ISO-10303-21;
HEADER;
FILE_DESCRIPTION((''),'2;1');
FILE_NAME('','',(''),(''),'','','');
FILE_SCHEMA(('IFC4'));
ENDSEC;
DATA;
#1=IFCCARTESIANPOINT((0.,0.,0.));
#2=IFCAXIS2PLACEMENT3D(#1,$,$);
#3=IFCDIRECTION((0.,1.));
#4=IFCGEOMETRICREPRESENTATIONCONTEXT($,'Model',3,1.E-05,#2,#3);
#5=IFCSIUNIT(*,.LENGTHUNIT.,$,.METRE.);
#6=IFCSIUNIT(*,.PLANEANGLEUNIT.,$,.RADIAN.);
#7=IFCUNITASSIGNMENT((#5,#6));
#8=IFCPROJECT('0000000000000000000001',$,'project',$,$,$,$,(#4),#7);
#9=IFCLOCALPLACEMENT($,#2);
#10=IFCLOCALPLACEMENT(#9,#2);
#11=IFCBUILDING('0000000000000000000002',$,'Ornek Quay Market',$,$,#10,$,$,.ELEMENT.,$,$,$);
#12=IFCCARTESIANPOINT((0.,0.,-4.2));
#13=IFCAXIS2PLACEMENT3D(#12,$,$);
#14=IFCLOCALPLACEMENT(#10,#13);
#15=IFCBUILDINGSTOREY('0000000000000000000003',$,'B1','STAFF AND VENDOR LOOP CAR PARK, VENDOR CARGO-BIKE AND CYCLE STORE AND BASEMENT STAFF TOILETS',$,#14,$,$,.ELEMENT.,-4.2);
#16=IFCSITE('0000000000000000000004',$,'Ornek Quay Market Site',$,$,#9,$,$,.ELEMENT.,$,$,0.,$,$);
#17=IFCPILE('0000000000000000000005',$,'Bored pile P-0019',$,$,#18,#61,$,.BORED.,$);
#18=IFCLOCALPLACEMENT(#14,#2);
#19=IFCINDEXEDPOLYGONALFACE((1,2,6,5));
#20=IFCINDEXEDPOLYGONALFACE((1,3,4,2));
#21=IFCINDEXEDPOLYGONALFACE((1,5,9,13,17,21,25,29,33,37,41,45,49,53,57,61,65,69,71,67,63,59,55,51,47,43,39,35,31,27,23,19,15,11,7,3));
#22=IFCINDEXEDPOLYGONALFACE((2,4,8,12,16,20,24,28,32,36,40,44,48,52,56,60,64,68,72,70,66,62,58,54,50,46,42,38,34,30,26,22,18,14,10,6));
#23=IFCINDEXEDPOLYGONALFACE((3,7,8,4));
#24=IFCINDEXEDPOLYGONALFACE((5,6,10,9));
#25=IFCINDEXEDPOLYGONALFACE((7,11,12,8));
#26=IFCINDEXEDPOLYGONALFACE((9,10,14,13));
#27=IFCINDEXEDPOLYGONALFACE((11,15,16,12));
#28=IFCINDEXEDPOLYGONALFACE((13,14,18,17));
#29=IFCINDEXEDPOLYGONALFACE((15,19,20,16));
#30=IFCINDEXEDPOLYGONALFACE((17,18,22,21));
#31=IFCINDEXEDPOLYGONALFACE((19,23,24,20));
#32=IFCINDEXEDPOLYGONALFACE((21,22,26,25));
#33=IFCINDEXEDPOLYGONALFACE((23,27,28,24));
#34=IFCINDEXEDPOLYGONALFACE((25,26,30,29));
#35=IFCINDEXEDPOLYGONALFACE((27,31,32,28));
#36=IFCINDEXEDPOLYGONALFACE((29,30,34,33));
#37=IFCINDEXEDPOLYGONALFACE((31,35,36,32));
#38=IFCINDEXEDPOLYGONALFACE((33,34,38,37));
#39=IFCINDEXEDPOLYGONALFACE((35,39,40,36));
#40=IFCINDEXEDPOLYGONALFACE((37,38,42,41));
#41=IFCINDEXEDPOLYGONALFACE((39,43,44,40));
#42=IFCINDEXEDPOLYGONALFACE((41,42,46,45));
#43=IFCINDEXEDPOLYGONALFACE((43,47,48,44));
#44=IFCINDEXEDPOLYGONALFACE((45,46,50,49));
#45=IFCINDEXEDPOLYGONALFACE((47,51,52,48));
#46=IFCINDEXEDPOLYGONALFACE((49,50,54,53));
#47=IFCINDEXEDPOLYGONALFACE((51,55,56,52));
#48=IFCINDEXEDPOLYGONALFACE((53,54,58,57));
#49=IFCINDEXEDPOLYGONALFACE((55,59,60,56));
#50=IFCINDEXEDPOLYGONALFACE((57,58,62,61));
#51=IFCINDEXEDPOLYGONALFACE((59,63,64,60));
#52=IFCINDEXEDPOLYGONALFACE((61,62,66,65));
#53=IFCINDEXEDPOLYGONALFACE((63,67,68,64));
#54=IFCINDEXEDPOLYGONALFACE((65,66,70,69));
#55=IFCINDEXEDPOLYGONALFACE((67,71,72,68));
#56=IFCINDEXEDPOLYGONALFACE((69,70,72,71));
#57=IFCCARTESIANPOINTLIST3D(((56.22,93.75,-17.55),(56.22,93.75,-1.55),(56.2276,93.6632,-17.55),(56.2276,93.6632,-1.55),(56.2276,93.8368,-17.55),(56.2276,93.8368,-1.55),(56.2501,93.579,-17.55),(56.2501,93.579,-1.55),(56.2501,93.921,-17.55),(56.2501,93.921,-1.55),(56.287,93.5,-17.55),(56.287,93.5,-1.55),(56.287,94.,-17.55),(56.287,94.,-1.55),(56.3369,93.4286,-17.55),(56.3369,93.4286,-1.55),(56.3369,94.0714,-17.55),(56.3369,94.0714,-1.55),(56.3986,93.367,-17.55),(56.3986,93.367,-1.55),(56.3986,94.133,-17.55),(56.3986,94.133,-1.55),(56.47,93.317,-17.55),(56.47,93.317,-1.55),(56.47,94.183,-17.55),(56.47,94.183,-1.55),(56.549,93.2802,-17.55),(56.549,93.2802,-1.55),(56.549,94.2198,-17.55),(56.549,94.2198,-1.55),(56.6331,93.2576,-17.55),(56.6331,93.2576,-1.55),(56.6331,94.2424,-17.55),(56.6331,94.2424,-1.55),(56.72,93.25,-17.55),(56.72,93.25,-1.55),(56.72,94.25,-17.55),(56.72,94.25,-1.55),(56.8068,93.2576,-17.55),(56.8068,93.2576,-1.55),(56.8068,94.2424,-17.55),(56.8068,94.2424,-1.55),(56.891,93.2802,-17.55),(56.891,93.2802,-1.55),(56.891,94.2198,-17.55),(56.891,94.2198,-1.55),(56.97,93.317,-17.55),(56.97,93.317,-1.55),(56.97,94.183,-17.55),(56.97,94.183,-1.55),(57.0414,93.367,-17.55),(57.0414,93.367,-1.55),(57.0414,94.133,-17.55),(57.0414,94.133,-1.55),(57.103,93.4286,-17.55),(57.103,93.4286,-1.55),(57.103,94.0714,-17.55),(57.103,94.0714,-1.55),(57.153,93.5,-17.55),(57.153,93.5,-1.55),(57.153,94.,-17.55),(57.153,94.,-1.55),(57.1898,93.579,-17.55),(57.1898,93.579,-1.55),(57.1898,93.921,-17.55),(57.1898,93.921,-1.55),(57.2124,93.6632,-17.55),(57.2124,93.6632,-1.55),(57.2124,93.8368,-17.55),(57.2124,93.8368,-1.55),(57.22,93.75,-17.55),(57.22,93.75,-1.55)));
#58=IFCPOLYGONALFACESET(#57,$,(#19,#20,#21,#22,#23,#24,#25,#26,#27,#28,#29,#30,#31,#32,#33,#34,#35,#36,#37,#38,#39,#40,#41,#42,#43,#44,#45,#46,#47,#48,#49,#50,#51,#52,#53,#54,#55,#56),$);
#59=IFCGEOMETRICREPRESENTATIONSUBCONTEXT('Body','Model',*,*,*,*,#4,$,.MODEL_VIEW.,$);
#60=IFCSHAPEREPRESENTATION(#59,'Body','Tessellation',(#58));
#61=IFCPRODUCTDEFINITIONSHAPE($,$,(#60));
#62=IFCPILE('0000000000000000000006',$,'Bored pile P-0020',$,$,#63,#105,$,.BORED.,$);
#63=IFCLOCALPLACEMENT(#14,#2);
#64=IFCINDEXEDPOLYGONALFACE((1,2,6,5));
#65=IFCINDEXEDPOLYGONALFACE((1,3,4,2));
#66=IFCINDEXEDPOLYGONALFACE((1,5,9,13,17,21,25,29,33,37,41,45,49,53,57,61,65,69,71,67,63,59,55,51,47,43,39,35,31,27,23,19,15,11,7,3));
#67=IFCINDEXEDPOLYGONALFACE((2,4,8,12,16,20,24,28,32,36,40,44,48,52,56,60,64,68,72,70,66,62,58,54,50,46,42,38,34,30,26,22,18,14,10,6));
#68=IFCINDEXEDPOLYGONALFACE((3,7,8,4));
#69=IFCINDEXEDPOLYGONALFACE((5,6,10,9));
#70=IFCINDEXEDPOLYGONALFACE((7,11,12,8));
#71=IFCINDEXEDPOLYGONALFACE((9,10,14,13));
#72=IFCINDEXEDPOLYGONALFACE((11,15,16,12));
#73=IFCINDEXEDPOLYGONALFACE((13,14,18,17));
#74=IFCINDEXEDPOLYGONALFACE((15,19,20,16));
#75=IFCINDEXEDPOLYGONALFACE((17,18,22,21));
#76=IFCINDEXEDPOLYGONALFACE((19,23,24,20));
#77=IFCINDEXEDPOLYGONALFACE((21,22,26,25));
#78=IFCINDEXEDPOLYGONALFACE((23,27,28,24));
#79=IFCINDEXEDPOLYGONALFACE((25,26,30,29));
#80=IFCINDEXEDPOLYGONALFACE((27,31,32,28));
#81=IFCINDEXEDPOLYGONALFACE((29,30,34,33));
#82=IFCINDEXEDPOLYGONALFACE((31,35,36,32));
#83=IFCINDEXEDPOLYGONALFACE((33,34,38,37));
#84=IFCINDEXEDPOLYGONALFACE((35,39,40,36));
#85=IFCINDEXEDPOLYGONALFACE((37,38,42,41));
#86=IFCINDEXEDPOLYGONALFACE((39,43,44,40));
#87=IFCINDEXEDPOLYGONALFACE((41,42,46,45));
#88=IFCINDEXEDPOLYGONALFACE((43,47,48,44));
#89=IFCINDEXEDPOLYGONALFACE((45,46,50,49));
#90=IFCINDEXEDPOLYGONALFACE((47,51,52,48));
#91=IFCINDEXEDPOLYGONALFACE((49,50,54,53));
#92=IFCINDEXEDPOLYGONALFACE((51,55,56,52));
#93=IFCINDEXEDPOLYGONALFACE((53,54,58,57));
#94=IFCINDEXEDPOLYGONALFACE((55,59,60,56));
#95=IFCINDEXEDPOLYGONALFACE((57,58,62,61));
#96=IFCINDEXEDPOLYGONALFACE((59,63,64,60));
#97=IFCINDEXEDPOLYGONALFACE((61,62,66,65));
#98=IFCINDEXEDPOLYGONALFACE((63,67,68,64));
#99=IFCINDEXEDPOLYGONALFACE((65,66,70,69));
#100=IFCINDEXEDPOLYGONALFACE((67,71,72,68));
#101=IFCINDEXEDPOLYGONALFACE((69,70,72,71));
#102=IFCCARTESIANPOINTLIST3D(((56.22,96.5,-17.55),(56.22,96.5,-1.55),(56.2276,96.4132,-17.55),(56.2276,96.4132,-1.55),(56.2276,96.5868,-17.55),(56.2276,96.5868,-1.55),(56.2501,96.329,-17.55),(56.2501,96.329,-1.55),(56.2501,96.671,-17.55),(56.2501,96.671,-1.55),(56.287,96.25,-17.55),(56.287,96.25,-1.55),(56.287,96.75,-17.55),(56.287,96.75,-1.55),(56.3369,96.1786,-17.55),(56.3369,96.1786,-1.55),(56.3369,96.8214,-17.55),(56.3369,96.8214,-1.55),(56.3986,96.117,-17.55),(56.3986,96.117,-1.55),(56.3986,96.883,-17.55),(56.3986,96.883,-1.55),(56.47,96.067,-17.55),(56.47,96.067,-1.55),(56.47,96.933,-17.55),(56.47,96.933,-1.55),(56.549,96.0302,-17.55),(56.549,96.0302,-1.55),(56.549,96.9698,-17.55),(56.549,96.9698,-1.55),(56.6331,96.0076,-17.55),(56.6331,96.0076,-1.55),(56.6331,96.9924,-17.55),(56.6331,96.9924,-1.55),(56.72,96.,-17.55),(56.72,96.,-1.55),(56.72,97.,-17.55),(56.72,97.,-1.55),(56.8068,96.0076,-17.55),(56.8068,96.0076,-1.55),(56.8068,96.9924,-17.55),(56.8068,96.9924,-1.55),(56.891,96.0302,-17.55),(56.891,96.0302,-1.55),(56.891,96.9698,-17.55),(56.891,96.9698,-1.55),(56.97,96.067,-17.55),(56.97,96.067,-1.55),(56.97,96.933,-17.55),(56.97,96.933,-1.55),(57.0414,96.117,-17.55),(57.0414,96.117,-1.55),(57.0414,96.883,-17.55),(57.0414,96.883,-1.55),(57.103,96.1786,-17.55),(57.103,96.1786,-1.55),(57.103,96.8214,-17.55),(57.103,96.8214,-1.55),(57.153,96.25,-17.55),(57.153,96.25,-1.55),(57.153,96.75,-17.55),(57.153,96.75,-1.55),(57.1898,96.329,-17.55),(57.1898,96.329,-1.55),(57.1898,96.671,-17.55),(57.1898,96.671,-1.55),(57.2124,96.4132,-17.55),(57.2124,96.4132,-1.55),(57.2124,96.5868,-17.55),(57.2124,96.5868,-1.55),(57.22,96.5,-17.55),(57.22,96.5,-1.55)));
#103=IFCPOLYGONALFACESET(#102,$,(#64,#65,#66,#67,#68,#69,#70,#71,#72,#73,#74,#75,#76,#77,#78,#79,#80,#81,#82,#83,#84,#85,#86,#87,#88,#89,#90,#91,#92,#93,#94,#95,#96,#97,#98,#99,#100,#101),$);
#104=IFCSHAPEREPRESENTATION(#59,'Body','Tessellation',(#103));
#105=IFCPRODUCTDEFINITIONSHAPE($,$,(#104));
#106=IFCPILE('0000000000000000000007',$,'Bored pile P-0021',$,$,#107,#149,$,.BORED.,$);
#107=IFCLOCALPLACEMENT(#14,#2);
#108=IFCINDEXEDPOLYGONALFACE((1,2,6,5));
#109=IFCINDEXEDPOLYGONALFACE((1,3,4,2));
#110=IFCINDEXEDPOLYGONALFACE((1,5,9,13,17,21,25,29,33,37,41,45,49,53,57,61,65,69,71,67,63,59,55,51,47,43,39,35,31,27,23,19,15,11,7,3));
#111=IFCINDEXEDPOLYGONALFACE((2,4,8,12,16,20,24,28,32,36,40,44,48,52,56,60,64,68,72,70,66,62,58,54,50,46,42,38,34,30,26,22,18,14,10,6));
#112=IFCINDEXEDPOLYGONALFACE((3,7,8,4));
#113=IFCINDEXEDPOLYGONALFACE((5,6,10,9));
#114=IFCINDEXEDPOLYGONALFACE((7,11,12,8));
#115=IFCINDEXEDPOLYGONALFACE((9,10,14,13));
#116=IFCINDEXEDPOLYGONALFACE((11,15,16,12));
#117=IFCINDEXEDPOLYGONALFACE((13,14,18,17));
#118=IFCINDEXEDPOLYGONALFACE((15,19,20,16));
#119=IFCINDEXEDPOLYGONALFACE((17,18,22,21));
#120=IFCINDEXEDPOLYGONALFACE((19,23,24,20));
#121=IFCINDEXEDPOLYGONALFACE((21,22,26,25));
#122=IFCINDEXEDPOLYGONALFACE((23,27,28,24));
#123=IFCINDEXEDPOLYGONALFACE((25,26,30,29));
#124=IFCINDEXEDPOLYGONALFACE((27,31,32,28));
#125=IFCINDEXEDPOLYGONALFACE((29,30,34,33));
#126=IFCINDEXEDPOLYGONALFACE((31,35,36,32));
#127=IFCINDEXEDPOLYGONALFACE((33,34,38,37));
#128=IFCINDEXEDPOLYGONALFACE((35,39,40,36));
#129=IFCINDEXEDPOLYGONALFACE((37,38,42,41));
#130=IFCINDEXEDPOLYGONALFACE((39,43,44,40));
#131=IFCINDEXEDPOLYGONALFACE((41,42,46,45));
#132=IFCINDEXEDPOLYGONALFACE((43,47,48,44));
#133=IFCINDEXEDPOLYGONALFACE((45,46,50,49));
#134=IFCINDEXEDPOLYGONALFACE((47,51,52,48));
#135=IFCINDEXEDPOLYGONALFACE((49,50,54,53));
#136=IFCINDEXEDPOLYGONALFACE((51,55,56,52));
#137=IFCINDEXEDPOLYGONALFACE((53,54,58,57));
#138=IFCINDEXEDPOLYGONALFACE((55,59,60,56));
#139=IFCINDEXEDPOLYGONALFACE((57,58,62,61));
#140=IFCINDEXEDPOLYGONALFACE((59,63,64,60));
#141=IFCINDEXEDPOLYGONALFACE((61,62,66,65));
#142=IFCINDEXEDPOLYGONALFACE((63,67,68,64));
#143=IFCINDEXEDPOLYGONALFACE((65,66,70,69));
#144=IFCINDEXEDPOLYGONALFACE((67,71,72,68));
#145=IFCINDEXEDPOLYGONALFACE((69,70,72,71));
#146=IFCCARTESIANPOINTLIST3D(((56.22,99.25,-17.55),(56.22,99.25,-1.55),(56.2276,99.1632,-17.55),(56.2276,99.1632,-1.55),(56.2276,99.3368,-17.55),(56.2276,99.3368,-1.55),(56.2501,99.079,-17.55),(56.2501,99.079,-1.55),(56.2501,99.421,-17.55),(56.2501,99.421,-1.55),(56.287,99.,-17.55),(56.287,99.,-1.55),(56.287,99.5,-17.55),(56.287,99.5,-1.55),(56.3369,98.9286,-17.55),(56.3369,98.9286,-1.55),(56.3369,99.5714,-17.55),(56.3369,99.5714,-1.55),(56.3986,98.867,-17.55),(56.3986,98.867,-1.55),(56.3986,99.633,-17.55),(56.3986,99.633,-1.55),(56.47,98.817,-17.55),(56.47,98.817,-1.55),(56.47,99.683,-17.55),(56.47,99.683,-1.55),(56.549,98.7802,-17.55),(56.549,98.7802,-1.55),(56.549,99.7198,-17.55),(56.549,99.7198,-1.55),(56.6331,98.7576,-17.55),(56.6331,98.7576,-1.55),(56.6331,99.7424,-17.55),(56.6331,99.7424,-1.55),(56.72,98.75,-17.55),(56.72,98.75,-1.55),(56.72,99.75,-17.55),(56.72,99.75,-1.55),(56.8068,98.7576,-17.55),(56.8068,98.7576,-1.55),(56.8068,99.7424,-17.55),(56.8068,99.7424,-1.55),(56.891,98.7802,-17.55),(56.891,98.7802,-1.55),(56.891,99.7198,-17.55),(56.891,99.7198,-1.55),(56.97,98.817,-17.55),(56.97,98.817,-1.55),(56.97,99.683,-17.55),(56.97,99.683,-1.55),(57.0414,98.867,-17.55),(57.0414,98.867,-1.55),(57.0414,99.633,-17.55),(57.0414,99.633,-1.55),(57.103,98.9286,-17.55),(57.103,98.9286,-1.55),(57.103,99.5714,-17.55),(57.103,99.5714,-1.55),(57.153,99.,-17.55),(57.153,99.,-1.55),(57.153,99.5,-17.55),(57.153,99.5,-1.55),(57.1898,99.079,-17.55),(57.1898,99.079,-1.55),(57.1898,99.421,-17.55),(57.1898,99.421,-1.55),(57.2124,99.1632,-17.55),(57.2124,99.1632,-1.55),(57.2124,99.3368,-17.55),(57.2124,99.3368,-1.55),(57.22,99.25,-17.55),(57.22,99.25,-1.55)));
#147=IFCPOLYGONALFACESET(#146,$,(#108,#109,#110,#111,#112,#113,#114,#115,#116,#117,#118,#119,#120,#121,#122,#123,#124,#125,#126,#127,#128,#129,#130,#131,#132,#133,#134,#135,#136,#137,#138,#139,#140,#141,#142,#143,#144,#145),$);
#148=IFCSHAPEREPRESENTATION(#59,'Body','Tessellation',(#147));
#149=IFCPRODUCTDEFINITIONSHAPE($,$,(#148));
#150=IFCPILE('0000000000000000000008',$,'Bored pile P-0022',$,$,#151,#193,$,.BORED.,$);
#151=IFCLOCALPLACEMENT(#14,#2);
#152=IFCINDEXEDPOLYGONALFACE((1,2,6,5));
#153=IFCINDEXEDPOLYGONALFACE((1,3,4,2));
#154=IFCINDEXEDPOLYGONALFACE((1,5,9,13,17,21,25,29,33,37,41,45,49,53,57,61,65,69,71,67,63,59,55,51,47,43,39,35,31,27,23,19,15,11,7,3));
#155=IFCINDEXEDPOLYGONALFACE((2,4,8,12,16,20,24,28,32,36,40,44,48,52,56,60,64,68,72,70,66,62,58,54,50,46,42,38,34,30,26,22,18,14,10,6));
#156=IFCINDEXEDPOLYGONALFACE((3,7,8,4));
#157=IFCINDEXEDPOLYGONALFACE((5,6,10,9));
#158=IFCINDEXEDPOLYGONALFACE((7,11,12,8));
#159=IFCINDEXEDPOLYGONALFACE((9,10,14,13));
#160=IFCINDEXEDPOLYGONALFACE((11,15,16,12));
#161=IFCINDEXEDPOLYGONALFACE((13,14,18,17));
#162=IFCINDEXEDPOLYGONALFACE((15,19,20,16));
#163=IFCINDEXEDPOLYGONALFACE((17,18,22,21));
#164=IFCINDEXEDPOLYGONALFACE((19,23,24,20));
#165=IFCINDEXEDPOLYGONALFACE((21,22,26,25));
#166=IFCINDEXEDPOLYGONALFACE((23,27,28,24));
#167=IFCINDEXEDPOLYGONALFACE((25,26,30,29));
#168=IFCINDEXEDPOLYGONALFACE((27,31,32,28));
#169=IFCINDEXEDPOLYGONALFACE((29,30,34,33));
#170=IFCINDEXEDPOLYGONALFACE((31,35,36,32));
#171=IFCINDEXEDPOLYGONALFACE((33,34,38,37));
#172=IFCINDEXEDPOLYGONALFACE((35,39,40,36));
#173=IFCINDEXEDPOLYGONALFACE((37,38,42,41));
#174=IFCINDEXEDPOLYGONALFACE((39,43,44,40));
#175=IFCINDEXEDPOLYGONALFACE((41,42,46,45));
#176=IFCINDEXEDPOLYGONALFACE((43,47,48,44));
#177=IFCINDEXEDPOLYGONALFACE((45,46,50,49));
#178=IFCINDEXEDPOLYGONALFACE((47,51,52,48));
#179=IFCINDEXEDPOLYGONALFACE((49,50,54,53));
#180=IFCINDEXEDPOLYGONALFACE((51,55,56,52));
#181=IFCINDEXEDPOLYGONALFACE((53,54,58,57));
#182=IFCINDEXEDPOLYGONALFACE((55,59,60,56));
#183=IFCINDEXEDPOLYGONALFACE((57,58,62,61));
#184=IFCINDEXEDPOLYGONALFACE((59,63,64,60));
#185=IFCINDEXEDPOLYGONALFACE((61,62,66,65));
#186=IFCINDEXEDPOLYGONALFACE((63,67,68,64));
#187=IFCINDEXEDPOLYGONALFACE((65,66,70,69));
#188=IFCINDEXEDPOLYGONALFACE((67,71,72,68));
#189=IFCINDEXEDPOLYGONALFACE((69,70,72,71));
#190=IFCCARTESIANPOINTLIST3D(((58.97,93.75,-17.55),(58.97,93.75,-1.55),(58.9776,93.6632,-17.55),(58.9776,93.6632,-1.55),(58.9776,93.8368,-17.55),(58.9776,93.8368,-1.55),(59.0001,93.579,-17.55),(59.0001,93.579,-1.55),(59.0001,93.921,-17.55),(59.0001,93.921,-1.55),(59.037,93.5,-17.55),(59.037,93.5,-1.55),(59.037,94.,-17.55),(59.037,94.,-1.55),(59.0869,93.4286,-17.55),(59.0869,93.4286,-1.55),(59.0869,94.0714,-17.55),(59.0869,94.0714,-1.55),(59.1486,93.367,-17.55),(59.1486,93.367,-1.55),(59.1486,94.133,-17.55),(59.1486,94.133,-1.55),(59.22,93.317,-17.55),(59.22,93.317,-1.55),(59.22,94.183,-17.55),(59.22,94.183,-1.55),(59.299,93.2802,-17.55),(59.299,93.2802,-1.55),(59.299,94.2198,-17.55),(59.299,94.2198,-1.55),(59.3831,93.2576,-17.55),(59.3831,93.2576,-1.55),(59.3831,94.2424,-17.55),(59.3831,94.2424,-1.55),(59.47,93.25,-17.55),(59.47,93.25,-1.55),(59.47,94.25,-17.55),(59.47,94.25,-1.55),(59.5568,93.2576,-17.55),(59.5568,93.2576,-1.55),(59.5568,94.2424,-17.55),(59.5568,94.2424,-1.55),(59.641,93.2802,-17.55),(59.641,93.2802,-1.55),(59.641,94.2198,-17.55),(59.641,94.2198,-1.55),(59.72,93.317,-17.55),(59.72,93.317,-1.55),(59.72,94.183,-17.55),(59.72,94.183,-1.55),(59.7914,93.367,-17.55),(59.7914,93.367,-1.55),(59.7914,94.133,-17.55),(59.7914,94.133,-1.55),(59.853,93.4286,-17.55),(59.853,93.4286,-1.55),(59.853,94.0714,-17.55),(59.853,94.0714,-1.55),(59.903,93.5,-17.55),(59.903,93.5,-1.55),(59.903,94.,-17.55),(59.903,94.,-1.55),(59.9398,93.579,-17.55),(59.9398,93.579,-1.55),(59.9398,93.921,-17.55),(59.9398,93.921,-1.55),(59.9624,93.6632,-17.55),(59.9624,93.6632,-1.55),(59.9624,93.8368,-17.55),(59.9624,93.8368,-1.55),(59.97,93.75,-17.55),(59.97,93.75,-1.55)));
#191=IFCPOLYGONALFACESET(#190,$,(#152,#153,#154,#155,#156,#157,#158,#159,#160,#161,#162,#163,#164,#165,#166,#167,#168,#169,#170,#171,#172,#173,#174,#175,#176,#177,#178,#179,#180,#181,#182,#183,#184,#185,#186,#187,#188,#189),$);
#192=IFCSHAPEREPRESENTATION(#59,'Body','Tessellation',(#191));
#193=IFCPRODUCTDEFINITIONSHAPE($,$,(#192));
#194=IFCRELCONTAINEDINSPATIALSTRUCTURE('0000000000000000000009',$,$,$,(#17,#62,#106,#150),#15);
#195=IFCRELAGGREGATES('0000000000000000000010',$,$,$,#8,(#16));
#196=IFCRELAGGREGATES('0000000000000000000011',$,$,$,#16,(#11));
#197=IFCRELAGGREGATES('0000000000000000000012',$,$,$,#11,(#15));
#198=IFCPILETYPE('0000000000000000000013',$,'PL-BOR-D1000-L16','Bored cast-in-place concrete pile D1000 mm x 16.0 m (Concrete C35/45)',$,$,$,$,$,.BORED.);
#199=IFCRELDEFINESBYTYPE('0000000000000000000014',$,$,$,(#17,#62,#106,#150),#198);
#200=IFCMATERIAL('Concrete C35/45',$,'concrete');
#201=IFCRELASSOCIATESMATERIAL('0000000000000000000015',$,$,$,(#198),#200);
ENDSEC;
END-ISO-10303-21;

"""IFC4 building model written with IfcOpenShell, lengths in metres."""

from ifc_helpers import new_model, si_unit, direction, frame, origin, origin_2d, place, context, subcontext, project, spatial, circle, extrude, material, material_profile, profile_set, type_object, element, save


model = new_model("IFC4")

# Units and contexts
model_context = context("Model", 3, precision=1e-05, world=origin(), true_north=direction((0.0, 1.0)))
body_context = subcontext(model_context, "Body", "Model", "MODEL_VIEW")
ifc_project = project(units=[si_unit("LENGTHUNIT", "METRE"), si_unit("PLANEANGLEUNIT", "RADIAN")], contexts=[model_context])

# Site, building, storey
site_placement = place(None, origin())
site = spatial("IfcSite", under=ifc_project, at=site_placement, Name="Ornek Quay Market Site", CompositionType="ELEMENT", RefElevation=0.0)
building_placement = place(site_placement, origin())
building = spatial("IfcBuilding", under=site, at=building_placement, Name="Ornek Quay Market", CompositionType="ELEMENT")
storey_placement = place(building_placement, frame((0.0, 0.0, -4.2)))
storey = spatial("IfcBuildingStorey", under=building, at=storey_placement, Name="B1", Description="STAFF AND VENDOR LOOP CAR PARK, VENDOR CARGO-BIKE AND CYCLE STORE AND BASEMENT STAFF TOILETS", CompositionType="ELEMENT", Elevation=-4.2)

# Piles
ifc_material_1 = material(Name="Concrete C35/45", Category="concrete")
ifc_material_profile_1 = material_profile(ifc_material_1, circle(Radius=0.5, at=origin_2d()), Name="PILE D1000", Category="concrete")
ifc_profile_set_1 = profile_set([ifc_material_profile_1], Name="Concrete C35/45")
pile_type = type_object("IfcPileType", Name="PL-BOR-D1000-L16", Description="Bored cast-in-place concrete pile D1000 mm x 16.0 m (Concrete C35/45)", PredefinedType="BORED", material=ifc_profile_set_1)
for number, where, z_axis, x_axis, name in (
    (1, (56.72, 93.75, -1.55), (0.0, 0.0, -1.0), (1.0, 0.0, 0.0), "Bored pile P-0019"),
    (2, (56.72, 96.5, -1.55), (0.0, 0.0, -1.0), (1.0, 0.0, 0.0), "Bored pile P-0020"),
    (3, (56.72, 99.25, -1.55), (0.0, 0.0, -1.0), (1.0, 0.0, 0.0), "Bored pile P-0021"),
    (4, (59.47, 93.75, -1.55), (0.0, 0.0, -1.0), (1.0, 0.0, 0.0), "Bored pile P-0022"),
):
    element("IfcPile", number, at=place(storey_placement, frame(where, z_axis=z_axis, x_axis=x_axis)), inside=storey, type_object=pile_type, Name=name, PredefinedType="BORED", context=body_context, shape_type="SweptSolid", body=[
        extrude(circle(Radius=0.5, at=origin_2d()), origin(), (0.0, 0.0, 1.0), 16.0),
    ])

save(model, "model.ifc")
